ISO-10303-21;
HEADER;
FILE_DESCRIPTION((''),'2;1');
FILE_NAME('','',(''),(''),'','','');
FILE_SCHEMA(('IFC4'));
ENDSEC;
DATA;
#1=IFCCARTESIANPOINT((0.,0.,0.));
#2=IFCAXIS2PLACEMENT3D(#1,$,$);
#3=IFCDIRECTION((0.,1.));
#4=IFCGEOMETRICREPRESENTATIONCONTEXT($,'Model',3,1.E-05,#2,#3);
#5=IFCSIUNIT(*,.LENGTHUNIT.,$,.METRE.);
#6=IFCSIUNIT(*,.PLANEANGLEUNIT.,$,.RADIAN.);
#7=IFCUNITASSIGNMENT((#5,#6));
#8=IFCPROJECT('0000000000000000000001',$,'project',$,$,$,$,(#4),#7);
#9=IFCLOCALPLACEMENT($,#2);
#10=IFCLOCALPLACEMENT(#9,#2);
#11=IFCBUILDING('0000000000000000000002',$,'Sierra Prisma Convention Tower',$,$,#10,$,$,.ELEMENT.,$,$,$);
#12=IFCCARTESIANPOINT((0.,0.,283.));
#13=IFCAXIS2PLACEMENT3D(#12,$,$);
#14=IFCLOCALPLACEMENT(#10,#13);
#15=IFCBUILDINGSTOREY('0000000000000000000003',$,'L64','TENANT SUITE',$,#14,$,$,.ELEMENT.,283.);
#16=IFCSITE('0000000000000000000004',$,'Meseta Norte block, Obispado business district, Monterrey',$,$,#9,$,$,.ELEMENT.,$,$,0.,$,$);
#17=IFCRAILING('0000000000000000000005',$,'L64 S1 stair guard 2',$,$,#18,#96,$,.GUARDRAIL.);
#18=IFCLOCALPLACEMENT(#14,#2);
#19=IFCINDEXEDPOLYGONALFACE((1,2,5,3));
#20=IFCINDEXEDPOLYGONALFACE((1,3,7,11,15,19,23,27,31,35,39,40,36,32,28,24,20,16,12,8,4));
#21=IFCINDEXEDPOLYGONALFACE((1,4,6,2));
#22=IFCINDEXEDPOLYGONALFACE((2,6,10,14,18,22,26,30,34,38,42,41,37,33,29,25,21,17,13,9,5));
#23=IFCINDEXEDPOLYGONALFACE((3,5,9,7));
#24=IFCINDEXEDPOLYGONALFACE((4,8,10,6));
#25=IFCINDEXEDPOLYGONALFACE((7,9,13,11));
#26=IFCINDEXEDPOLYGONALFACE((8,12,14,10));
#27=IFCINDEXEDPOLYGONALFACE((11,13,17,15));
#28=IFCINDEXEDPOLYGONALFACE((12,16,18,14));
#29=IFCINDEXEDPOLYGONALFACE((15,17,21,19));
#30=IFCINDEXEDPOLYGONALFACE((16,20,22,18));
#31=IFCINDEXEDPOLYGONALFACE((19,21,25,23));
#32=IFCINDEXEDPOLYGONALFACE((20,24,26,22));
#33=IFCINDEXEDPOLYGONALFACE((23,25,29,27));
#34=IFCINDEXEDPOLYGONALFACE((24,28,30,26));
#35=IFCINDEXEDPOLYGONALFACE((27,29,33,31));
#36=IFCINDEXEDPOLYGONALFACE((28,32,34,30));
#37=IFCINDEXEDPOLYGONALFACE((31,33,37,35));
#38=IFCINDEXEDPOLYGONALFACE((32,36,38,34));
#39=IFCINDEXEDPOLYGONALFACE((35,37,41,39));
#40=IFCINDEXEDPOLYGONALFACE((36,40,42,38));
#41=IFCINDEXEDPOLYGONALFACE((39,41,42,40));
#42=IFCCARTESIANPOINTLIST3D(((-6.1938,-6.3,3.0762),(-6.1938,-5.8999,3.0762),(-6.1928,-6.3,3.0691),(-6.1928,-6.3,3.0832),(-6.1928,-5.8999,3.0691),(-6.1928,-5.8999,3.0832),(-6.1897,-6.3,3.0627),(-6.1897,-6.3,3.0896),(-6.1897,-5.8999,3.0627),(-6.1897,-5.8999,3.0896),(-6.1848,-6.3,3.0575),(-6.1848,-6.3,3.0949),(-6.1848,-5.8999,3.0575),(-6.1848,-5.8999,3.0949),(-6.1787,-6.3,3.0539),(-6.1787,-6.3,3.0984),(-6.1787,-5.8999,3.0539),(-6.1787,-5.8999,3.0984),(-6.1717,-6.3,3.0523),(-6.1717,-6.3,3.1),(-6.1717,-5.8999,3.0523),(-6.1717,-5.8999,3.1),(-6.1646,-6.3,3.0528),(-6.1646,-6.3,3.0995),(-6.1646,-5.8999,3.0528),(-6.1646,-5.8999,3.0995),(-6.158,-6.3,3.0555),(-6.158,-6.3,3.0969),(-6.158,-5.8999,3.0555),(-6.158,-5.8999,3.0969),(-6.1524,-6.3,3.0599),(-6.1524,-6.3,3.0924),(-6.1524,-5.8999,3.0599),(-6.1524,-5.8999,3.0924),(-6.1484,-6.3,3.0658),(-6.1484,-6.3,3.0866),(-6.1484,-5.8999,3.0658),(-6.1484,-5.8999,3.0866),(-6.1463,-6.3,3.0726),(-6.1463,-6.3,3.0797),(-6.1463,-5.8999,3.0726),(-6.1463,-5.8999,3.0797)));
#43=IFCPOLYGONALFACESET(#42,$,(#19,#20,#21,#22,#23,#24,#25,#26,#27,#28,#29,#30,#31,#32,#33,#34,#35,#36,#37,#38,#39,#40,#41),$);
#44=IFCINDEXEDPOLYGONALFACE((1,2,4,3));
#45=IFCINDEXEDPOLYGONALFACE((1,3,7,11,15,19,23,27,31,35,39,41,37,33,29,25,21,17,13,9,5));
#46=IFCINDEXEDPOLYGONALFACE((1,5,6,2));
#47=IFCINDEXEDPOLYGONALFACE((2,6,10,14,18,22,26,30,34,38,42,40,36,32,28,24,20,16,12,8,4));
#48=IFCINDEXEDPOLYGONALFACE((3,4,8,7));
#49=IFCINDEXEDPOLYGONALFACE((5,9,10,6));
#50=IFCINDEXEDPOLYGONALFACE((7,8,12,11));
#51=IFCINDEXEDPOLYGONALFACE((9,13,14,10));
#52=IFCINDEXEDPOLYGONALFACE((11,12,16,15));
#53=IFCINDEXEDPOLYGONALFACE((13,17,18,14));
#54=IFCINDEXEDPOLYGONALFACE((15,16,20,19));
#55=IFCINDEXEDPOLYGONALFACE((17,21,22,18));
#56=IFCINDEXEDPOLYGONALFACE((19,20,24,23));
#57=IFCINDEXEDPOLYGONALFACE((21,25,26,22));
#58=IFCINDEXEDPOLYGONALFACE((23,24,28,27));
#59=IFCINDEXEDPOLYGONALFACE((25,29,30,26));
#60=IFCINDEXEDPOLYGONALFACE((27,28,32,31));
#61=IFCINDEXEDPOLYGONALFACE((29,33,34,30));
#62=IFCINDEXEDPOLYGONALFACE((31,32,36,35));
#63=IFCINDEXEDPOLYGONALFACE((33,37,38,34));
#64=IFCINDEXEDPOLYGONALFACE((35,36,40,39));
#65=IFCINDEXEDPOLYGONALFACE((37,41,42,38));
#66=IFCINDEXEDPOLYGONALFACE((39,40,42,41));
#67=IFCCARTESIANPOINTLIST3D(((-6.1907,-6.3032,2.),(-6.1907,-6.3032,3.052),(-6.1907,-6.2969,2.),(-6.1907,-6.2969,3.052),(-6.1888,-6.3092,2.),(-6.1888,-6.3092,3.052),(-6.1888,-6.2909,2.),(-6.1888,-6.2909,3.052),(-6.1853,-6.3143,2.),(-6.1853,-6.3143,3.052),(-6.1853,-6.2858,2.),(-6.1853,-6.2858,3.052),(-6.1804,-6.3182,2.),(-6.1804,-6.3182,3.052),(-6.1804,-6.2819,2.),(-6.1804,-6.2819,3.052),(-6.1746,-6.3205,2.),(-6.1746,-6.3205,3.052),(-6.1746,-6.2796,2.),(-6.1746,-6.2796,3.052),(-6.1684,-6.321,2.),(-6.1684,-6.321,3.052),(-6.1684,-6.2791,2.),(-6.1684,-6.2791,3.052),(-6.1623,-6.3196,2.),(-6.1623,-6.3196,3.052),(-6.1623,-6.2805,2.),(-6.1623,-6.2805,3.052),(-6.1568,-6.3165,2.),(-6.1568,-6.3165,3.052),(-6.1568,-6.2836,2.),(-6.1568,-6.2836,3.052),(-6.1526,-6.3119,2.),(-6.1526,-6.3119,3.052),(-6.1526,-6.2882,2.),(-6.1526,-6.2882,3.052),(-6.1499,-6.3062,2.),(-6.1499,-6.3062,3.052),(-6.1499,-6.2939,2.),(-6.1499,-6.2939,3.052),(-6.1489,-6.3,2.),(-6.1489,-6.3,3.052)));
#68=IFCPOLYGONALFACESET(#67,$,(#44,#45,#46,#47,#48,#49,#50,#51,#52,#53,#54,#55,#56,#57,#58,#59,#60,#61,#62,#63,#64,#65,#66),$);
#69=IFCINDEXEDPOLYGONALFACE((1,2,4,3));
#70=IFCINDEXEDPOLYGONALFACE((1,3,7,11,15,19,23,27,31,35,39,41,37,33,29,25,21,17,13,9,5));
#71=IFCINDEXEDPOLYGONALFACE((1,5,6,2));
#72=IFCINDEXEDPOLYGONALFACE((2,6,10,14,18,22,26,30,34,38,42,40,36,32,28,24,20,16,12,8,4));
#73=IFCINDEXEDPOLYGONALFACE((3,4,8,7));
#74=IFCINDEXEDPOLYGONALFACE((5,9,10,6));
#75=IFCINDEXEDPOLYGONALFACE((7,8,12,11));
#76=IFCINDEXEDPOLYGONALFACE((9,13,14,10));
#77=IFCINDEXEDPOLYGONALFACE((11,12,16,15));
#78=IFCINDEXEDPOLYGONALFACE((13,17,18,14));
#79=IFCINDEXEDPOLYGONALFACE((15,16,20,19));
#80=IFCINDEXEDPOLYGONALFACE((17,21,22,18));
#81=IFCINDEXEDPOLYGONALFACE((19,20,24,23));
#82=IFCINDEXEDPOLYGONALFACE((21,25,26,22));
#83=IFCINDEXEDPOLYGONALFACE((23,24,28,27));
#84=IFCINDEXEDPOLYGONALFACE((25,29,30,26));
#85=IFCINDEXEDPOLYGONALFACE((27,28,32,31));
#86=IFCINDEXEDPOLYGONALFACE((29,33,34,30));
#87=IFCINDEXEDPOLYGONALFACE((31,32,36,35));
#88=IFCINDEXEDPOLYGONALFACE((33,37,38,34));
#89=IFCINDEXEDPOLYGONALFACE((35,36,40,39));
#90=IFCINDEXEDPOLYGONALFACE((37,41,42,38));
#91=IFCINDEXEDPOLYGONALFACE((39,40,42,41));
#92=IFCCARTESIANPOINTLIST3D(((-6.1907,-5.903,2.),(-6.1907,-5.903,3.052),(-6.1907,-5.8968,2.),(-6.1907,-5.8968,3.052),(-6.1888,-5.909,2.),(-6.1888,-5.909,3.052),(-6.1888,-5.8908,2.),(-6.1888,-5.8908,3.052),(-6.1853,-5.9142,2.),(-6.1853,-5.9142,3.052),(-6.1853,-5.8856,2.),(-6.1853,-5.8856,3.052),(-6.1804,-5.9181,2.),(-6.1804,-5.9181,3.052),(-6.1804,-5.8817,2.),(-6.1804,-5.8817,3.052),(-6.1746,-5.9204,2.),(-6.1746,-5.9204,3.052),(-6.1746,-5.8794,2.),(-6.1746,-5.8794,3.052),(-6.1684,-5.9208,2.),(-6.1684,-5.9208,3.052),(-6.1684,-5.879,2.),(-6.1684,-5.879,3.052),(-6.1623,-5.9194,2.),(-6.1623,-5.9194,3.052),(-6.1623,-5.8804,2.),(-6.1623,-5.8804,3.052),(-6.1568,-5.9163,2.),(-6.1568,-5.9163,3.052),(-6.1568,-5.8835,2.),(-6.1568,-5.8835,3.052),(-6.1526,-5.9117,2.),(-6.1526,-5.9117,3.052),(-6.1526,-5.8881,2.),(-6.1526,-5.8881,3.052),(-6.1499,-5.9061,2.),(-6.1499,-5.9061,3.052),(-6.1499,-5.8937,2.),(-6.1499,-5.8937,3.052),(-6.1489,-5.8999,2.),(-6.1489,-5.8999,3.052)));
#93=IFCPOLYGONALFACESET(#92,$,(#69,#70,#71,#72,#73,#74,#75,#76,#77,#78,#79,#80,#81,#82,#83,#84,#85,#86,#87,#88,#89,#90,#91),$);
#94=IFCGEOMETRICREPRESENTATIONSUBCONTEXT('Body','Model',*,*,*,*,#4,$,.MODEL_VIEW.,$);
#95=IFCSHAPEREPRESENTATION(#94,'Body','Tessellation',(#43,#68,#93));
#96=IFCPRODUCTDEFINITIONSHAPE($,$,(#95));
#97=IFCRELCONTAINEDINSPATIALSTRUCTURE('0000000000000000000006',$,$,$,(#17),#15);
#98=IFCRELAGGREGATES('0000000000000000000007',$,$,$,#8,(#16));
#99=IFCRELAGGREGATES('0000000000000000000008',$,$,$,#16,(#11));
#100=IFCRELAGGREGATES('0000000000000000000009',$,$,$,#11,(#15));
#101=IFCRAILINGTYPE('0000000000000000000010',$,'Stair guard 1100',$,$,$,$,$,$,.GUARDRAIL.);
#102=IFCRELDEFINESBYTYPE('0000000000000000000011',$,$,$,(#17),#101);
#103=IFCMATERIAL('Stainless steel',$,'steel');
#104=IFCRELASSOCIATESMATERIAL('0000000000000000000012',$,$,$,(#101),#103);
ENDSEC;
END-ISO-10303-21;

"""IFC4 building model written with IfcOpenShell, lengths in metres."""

from ifc_helpers import new_model, si_unit, direction, frame, origin, origin_2d, place, context, subcontext, project, spatial, circle, extrude, material, type_object, element, save


model = new_model("IFC4")

# Units and contexts
model_context = context("Model", 3, precision=1e-05, world=origin(), true_north=direction((0.0, 1.0)))
body_context = subcontext(model_context, "Body", "Model", "MODEL_VIEW")
ifc_project = project(units=[si_unit("LENGTHUNIT", "METRE"), si_unit("PLANEANGLEUNIT", "RADIAN")], contexts=[model_context])

# Site, building, storey
site_placement = place(None, origin())
site = spatial("IfcSite", under=ifc_project, at=site_placement, Name="Meseta Norte block, Obispado business district, Monterrey", CompositionType="ELEMENT", RefElevation=0.0)
building_placement = place(site_placement, origin())
building = spatial("IfcBuilding", under=site, at=building_placement, Name="Sierra Prisma Convention Tower", CompositionType="ELEMENT")
storey_placement = place(building_placement, frame((0.0, 0.0, 283.0)))
storey = spatial("IfcBuildingStorey", under=building, at=storey_placement, Name="L64", Description="TENANT SUITE", CompositionType="ELEMENT", Elevation=283.0)

# Railing
ifc_material_1 = material(Name="Stainless steel", Category="steel")
railing_type_1 = type_object("IfcRailingType", Name="Stair guard 1100", PredefinedType="GUARDRAIL", material=ifc_material_1)
railing_1_placement = place(storey_placement, frame((-6.1699, -6.3, 2.0)))
element("IfcRailing", 1, at=railing_1_placement, inside=storey, type_object=railing_type_1, Name="L64 S1 stair guard 2", PredefinedType="GUARDRAIL", context=body_context, shape_type="SweptSolid", body=[
    extrude(circle(Radius=0.0239, at=origin_2d()), frame((0.0, 0.0, 1.0762), z_axis=(0.0, 1.0, 0.0), x_axis=(-1.0, 0.0, 0.0)), (0.0, 0.0, 1.0), 0.4001),
    extrude(circle(Radius=0.021, at=origin_2d()), origin(), (0.0, 0.0, 1.0), 1.052),
    extrude(circle(Radius=0.021, at=origin_2d()), frame((0.0, 0.4001, 0.0)), (0.0, 0.0, 1.0), 1.052),
])

save(model, "model.ifc")
